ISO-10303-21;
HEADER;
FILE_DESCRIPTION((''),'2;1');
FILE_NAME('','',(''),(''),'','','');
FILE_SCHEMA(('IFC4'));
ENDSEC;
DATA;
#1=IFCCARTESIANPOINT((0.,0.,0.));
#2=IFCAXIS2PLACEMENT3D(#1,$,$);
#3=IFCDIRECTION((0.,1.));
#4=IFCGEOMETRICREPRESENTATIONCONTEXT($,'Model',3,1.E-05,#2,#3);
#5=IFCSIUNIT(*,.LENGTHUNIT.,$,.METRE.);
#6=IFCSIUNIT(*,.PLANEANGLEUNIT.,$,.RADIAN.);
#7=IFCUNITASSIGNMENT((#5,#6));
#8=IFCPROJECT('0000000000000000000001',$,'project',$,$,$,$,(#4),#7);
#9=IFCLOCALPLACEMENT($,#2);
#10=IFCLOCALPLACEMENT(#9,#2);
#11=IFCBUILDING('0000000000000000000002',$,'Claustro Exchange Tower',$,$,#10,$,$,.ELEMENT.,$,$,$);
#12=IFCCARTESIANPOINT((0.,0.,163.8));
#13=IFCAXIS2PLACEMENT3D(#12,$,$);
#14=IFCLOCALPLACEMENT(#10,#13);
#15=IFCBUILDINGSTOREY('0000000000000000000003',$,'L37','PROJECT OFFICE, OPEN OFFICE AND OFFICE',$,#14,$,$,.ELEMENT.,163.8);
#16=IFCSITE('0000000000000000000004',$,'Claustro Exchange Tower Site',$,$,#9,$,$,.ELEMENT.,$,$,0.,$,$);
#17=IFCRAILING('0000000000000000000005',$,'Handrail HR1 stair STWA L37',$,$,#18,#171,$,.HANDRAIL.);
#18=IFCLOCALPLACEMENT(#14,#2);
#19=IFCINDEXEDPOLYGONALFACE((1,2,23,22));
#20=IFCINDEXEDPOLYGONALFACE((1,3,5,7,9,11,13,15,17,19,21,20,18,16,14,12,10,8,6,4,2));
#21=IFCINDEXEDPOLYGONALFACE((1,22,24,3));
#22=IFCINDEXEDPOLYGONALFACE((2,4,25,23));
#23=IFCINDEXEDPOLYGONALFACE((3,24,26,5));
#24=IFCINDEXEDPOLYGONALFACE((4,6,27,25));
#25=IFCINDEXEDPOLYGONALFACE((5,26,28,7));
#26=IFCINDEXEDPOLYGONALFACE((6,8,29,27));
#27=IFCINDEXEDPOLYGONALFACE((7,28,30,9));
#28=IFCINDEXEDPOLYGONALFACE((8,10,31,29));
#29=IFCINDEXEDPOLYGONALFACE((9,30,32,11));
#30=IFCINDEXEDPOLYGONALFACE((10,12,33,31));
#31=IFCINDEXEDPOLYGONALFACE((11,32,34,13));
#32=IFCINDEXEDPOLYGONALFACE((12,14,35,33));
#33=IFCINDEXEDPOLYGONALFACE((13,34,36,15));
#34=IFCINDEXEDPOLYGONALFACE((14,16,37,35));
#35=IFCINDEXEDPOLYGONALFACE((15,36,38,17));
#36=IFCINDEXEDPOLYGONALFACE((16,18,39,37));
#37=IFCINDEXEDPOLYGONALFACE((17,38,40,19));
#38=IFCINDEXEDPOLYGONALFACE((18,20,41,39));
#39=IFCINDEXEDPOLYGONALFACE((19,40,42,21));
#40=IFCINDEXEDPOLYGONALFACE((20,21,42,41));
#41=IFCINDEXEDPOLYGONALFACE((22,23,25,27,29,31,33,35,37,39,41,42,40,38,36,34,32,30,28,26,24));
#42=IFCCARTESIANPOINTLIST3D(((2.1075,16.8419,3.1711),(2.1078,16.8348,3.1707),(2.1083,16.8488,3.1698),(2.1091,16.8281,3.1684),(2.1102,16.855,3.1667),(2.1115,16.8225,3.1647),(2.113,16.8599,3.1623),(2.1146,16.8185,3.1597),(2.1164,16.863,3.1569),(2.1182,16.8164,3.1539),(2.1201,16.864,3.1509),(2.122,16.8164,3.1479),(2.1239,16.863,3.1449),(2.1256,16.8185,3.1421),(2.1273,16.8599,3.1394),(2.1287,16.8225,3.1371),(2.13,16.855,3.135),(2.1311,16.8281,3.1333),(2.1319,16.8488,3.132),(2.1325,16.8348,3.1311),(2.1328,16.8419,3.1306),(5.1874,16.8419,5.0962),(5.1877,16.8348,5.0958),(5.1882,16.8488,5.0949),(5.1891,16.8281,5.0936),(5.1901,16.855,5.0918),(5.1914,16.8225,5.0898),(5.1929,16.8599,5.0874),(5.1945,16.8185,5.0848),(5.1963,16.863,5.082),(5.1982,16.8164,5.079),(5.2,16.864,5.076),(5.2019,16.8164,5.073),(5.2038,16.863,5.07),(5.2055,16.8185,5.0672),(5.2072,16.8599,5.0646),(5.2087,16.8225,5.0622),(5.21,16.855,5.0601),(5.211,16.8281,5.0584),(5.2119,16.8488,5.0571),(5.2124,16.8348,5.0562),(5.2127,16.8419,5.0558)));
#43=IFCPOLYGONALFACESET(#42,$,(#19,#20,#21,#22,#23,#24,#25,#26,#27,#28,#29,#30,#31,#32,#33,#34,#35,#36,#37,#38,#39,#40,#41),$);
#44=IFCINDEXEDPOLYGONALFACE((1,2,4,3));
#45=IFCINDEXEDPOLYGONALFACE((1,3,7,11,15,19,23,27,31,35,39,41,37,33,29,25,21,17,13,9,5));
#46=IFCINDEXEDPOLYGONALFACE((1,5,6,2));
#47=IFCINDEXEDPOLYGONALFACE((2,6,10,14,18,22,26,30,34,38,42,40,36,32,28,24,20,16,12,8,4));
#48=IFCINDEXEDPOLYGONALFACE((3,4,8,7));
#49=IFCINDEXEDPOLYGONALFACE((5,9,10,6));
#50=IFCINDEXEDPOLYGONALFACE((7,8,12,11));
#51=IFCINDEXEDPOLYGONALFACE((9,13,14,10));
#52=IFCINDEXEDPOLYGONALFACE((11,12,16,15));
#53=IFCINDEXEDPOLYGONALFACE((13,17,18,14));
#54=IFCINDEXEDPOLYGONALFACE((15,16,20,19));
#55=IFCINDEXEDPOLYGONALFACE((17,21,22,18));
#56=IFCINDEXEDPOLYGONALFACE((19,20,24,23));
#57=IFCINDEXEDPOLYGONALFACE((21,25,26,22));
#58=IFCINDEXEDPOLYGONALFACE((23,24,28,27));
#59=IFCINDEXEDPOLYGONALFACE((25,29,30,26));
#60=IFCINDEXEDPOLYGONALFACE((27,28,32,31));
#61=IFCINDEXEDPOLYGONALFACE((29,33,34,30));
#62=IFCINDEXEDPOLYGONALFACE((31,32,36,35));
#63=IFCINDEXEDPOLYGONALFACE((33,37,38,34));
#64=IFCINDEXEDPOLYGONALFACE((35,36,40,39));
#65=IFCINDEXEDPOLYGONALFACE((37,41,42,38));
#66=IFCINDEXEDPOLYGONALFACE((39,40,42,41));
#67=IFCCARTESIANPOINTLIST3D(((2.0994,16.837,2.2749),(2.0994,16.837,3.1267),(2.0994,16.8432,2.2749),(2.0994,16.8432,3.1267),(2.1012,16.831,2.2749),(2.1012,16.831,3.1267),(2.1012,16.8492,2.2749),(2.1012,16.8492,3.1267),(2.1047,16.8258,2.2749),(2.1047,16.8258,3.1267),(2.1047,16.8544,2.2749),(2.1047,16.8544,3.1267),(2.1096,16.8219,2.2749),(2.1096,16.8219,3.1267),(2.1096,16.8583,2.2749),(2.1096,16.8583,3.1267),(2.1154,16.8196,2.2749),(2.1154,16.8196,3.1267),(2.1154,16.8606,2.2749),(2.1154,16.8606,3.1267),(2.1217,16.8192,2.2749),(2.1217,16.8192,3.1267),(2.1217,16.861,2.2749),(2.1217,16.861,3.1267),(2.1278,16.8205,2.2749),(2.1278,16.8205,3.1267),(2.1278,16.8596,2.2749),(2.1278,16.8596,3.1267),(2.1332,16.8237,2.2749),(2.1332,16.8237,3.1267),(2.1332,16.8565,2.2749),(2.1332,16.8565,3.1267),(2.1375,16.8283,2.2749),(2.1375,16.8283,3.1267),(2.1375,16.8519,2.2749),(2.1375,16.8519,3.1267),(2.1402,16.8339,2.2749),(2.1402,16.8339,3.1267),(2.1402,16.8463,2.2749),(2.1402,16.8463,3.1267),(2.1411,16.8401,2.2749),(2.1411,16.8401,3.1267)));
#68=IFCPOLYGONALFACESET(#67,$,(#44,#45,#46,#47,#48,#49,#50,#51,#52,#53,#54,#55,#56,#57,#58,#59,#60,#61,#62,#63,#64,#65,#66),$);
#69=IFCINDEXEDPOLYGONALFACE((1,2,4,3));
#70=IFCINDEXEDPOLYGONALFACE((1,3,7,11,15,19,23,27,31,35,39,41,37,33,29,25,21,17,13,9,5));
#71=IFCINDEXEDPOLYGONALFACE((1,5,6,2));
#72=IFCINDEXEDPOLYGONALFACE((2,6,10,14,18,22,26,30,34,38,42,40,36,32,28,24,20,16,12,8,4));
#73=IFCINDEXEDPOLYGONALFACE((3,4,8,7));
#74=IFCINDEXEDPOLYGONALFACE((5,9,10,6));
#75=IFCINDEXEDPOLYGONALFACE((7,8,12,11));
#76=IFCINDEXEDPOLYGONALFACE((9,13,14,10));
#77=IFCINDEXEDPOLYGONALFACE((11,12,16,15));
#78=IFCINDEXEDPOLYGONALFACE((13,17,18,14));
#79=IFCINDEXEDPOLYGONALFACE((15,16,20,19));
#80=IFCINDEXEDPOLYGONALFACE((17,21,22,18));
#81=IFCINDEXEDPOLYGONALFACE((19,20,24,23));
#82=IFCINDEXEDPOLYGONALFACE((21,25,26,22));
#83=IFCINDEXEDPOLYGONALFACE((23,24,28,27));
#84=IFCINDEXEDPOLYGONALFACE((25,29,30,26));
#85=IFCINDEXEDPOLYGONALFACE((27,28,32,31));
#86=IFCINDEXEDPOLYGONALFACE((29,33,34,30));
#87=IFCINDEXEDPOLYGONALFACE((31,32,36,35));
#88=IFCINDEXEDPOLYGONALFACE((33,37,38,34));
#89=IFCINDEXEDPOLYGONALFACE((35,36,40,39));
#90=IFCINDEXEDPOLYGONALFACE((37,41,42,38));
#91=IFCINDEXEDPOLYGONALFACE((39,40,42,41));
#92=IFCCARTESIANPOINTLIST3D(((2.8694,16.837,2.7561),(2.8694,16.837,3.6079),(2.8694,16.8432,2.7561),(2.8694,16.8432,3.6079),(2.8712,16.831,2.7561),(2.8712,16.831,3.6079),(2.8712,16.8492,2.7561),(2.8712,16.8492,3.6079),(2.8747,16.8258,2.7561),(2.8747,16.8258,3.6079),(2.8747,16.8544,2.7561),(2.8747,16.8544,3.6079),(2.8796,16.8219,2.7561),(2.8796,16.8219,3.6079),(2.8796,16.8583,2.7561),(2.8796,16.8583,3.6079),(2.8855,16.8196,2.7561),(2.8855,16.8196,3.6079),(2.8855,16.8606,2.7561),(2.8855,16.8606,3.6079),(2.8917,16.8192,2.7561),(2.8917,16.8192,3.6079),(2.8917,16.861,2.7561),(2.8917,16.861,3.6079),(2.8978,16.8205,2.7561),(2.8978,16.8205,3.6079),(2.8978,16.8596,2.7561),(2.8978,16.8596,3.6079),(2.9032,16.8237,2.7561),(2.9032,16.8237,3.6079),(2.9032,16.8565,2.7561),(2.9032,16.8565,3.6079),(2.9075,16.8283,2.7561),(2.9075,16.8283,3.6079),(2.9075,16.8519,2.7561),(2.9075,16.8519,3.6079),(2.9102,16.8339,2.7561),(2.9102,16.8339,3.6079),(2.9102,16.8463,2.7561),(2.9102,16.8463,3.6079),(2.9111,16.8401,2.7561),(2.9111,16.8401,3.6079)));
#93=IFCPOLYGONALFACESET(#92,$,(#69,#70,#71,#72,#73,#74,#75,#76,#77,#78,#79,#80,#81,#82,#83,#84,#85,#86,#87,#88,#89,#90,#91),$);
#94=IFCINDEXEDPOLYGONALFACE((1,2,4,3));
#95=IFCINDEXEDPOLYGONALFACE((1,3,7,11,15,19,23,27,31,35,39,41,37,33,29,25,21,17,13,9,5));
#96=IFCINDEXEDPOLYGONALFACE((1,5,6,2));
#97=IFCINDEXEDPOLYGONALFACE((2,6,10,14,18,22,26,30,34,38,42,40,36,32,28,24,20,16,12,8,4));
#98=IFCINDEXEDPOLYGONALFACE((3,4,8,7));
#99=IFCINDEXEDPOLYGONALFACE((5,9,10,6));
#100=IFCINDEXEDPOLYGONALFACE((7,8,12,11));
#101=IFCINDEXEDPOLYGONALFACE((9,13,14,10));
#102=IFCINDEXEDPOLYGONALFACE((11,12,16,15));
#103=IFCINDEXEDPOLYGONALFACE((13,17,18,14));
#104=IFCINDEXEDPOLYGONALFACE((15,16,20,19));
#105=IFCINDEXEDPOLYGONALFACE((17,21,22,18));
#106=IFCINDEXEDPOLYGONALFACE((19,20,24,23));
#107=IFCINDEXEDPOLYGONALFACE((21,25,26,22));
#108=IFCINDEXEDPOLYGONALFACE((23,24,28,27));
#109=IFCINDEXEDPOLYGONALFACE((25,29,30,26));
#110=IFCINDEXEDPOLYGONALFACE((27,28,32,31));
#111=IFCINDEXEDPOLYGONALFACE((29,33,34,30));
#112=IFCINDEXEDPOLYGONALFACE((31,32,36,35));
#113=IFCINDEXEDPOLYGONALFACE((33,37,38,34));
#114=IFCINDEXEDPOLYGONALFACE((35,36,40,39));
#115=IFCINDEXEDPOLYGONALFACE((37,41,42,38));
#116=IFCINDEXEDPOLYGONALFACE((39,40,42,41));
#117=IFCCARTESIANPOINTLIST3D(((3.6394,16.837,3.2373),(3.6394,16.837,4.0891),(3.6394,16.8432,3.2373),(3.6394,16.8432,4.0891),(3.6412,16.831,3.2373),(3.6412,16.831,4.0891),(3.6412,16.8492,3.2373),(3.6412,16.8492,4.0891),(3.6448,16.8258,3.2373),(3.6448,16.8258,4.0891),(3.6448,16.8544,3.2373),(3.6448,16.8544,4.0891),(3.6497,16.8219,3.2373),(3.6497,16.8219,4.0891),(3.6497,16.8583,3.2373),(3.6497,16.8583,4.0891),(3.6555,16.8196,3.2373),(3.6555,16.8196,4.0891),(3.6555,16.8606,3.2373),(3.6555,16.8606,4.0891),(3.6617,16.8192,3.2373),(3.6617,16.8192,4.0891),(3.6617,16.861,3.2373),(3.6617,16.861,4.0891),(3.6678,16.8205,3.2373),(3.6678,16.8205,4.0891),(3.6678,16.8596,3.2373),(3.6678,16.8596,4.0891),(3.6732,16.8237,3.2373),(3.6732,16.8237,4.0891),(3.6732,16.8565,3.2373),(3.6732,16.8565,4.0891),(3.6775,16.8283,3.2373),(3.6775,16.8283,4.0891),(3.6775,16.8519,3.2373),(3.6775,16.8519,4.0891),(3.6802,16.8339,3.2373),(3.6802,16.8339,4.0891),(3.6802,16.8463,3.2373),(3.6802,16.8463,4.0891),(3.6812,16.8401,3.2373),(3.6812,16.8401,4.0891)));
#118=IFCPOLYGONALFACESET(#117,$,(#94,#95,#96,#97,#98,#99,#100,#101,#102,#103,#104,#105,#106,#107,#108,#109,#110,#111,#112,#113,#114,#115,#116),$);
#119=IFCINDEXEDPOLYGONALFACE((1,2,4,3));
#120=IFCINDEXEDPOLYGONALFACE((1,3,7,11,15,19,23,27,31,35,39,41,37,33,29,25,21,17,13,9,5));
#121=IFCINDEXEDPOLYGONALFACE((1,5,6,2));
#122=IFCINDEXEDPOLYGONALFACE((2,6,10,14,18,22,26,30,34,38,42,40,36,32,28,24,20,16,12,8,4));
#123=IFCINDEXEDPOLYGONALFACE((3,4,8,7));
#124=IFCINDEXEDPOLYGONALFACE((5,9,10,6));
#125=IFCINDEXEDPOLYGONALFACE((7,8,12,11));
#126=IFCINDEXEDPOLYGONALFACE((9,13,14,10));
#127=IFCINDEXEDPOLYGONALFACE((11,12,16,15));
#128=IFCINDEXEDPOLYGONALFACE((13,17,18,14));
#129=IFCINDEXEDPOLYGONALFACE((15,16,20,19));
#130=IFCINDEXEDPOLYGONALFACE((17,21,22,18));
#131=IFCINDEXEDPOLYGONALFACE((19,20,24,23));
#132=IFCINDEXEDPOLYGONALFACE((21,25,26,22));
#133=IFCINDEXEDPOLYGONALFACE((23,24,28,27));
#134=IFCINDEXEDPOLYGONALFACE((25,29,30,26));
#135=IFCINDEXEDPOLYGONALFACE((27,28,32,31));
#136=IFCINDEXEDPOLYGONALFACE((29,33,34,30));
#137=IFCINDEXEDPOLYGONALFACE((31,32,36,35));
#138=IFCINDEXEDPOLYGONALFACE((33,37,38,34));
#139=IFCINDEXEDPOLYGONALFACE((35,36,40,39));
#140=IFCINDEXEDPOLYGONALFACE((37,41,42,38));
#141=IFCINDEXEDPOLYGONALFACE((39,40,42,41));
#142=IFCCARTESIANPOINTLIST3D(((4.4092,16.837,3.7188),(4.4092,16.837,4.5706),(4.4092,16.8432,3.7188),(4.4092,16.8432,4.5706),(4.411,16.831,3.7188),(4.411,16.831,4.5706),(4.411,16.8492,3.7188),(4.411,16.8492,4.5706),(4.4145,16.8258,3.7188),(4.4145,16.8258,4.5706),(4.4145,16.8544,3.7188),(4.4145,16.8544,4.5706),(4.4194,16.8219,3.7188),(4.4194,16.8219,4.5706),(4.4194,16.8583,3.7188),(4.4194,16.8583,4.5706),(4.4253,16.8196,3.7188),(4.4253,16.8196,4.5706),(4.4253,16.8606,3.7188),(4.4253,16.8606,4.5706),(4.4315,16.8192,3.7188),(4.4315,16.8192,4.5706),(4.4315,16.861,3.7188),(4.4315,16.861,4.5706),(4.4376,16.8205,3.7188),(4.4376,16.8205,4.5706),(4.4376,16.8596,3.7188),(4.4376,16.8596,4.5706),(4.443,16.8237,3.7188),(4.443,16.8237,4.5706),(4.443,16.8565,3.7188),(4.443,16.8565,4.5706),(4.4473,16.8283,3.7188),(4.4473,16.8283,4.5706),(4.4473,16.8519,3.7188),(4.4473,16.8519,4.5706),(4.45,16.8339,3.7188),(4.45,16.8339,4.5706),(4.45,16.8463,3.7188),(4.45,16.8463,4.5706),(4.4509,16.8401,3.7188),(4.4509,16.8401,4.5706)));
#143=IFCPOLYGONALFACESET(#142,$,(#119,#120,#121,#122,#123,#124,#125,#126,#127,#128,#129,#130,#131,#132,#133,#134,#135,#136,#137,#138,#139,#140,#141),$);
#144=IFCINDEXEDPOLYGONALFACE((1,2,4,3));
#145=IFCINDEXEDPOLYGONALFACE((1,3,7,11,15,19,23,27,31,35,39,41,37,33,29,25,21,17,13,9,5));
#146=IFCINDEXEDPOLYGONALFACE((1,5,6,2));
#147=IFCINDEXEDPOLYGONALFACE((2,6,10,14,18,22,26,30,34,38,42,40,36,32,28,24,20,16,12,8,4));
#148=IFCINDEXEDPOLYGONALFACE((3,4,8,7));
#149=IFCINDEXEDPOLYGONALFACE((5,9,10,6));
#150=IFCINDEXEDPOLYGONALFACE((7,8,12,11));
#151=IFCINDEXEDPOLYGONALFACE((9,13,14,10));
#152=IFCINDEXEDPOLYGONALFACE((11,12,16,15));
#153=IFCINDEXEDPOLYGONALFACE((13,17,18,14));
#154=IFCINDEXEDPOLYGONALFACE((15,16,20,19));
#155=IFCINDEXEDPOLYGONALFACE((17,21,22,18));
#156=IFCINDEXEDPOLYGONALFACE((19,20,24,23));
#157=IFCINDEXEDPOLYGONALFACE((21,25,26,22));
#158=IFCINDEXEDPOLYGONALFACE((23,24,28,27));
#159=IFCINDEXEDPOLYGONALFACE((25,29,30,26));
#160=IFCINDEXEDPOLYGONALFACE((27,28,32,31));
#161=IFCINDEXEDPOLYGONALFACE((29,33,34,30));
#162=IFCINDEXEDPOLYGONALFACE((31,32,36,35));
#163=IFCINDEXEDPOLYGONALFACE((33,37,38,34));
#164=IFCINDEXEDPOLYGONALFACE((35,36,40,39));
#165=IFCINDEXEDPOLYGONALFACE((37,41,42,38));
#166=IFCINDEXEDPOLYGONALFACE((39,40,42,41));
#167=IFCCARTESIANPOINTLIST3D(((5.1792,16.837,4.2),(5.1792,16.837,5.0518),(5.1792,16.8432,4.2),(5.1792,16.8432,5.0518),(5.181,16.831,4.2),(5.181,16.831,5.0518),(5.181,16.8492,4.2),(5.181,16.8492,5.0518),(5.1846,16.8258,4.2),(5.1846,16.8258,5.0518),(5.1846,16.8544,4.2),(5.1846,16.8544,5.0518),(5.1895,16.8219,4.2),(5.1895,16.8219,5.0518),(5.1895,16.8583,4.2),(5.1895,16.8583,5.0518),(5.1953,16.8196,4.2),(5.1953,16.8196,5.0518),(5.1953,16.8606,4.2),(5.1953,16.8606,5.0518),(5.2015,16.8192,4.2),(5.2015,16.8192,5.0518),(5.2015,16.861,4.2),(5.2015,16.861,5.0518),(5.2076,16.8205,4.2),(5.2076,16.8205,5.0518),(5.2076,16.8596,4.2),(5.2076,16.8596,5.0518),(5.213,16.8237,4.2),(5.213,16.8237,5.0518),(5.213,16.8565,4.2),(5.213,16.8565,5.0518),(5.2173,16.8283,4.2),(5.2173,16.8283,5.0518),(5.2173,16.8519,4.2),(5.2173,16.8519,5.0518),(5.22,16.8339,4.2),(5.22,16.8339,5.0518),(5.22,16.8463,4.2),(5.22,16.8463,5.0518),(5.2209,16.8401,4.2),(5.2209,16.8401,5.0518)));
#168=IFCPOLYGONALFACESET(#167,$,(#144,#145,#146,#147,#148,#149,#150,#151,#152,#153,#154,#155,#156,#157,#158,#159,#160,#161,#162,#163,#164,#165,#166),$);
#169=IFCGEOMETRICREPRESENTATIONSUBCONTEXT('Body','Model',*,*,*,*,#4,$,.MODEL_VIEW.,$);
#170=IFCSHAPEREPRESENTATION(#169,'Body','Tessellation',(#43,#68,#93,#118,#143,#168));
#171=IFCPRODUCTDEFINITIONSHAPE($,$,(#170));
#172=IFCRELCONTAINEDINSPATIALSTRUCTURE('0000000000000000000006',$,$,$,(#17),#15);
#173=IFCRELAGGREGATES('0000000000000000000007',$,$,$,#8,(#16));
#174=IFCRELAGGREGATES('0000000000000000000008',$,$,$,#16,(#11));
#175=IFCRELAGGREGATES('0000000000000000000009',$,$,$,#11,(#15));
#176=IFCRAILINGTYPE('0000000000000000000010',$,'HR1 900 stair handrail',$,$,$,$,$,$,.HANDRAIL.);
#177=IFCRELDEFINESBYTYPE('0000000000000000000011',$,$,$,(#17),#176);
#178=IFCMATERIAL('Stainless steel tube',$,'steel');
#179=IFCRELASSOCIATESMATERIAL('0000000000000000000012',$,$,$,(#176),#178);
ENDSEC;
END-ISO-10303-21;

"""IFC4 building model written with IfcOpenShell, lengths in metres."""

from ifc_helpers import new_model, si_unit, direction, frame, origin, origin_2d, place, context, subcontext, project, spatial, circle, extrude, material, type_object, element, save


model = new_model("IFC4")

# Units and contexts
model_context = context("Model", 3, precision=1e-05, world=origin(), true_north=direction((0.0, 1.0)))
body_context = subcontext(model_context, "Body", "Model", "MODEL_VIEW")
ifc_project = project(units=[si_unit("LENGTHUNIT", "METRE"), si_unit("PLANEANGLEUNIT", "RADIAN")], contexts=[model_context])

# Site, building, storey
site_placement = place(None, origin())
site = spatial("IfcSite", under=ifc_project, at=site_placement, Name="Claustro Exchange Tower Site", CompositionType="ELEMENT", RefElevation=0.0)
building_placement = place(site_placement, origin())
building = spatial("IfcBuilding", under=site, at=building_placement, Name="Claustro Exchange Tower", CompositionType="ELEMENT")
storey_placement = place(building_placement, frame((0.0, 0.0, 163.8)))
storey = spatial("IfcBuildingStorey", under=building, at=storey_placement, Name="L37", Description="PROJECT OFFICE, OPEN OFFICE AND OFFICE", CompositionType="ELEMENT", Elevation=163.8)

# Railing
ifc_material_1 = material(Name="Stainless steel tube", Category="steel")
railing_type_1 = type_object("IfcRailingType", Name="HR1 900 stair handrail", PredefinedType="HANDRAIL", material=ifc_material_1)
railing_1_placement = place(storey_placement, frame((2.1201, 16.8401, 2.2749)))
element("IfcRailing", 1, at=railing_1_placement, inside=storey, type_object=railing_type_1, Name="Handrail HR1 stair STWA L37", PredefinedType="HANDRAIL", context=body_context, shape_type="SweptSolid", body=[
    extrude(circle(Radius=0.0239, at=origin_2d()), frame((0.0, 0.0, 0.876), z_axis=(0.847979, 0.0, 0.530029), x_axis=(0.0, 1.0, 0.0)), (0.0, 0.0, 1.0), 3.6321),
    extrude(circle(Radius=0.021, at=origin_2d()), origin(), (0.0, 0.0, 1.0), 0.8518),
    extrude(circle(Radius=0.021, at=origin_2d()), frame((0.77, 0.0, 0.4812)), (0.0, 0.0, 1.0), 0.8518),
    extrude(circle(Radius=0.021, at=origin_2d()), frame((1.54, 0.0, 0.9624)), (0.0, 0.0, 1.0), 0.8518),
    extrude(circle(Radius=0.021, at=origin_2d()), frame((2.3098, 0.0, 1.4438)), (0.0, 0.0, 1.0), 0.8518),
    extrude(circle(Radius=0.021, at=origin_2d()), frame((3.0798, 0.0, 1.925)), (0.0, 0.0, 1.0), 0.8518),
])

save(model, "model.ifc")
